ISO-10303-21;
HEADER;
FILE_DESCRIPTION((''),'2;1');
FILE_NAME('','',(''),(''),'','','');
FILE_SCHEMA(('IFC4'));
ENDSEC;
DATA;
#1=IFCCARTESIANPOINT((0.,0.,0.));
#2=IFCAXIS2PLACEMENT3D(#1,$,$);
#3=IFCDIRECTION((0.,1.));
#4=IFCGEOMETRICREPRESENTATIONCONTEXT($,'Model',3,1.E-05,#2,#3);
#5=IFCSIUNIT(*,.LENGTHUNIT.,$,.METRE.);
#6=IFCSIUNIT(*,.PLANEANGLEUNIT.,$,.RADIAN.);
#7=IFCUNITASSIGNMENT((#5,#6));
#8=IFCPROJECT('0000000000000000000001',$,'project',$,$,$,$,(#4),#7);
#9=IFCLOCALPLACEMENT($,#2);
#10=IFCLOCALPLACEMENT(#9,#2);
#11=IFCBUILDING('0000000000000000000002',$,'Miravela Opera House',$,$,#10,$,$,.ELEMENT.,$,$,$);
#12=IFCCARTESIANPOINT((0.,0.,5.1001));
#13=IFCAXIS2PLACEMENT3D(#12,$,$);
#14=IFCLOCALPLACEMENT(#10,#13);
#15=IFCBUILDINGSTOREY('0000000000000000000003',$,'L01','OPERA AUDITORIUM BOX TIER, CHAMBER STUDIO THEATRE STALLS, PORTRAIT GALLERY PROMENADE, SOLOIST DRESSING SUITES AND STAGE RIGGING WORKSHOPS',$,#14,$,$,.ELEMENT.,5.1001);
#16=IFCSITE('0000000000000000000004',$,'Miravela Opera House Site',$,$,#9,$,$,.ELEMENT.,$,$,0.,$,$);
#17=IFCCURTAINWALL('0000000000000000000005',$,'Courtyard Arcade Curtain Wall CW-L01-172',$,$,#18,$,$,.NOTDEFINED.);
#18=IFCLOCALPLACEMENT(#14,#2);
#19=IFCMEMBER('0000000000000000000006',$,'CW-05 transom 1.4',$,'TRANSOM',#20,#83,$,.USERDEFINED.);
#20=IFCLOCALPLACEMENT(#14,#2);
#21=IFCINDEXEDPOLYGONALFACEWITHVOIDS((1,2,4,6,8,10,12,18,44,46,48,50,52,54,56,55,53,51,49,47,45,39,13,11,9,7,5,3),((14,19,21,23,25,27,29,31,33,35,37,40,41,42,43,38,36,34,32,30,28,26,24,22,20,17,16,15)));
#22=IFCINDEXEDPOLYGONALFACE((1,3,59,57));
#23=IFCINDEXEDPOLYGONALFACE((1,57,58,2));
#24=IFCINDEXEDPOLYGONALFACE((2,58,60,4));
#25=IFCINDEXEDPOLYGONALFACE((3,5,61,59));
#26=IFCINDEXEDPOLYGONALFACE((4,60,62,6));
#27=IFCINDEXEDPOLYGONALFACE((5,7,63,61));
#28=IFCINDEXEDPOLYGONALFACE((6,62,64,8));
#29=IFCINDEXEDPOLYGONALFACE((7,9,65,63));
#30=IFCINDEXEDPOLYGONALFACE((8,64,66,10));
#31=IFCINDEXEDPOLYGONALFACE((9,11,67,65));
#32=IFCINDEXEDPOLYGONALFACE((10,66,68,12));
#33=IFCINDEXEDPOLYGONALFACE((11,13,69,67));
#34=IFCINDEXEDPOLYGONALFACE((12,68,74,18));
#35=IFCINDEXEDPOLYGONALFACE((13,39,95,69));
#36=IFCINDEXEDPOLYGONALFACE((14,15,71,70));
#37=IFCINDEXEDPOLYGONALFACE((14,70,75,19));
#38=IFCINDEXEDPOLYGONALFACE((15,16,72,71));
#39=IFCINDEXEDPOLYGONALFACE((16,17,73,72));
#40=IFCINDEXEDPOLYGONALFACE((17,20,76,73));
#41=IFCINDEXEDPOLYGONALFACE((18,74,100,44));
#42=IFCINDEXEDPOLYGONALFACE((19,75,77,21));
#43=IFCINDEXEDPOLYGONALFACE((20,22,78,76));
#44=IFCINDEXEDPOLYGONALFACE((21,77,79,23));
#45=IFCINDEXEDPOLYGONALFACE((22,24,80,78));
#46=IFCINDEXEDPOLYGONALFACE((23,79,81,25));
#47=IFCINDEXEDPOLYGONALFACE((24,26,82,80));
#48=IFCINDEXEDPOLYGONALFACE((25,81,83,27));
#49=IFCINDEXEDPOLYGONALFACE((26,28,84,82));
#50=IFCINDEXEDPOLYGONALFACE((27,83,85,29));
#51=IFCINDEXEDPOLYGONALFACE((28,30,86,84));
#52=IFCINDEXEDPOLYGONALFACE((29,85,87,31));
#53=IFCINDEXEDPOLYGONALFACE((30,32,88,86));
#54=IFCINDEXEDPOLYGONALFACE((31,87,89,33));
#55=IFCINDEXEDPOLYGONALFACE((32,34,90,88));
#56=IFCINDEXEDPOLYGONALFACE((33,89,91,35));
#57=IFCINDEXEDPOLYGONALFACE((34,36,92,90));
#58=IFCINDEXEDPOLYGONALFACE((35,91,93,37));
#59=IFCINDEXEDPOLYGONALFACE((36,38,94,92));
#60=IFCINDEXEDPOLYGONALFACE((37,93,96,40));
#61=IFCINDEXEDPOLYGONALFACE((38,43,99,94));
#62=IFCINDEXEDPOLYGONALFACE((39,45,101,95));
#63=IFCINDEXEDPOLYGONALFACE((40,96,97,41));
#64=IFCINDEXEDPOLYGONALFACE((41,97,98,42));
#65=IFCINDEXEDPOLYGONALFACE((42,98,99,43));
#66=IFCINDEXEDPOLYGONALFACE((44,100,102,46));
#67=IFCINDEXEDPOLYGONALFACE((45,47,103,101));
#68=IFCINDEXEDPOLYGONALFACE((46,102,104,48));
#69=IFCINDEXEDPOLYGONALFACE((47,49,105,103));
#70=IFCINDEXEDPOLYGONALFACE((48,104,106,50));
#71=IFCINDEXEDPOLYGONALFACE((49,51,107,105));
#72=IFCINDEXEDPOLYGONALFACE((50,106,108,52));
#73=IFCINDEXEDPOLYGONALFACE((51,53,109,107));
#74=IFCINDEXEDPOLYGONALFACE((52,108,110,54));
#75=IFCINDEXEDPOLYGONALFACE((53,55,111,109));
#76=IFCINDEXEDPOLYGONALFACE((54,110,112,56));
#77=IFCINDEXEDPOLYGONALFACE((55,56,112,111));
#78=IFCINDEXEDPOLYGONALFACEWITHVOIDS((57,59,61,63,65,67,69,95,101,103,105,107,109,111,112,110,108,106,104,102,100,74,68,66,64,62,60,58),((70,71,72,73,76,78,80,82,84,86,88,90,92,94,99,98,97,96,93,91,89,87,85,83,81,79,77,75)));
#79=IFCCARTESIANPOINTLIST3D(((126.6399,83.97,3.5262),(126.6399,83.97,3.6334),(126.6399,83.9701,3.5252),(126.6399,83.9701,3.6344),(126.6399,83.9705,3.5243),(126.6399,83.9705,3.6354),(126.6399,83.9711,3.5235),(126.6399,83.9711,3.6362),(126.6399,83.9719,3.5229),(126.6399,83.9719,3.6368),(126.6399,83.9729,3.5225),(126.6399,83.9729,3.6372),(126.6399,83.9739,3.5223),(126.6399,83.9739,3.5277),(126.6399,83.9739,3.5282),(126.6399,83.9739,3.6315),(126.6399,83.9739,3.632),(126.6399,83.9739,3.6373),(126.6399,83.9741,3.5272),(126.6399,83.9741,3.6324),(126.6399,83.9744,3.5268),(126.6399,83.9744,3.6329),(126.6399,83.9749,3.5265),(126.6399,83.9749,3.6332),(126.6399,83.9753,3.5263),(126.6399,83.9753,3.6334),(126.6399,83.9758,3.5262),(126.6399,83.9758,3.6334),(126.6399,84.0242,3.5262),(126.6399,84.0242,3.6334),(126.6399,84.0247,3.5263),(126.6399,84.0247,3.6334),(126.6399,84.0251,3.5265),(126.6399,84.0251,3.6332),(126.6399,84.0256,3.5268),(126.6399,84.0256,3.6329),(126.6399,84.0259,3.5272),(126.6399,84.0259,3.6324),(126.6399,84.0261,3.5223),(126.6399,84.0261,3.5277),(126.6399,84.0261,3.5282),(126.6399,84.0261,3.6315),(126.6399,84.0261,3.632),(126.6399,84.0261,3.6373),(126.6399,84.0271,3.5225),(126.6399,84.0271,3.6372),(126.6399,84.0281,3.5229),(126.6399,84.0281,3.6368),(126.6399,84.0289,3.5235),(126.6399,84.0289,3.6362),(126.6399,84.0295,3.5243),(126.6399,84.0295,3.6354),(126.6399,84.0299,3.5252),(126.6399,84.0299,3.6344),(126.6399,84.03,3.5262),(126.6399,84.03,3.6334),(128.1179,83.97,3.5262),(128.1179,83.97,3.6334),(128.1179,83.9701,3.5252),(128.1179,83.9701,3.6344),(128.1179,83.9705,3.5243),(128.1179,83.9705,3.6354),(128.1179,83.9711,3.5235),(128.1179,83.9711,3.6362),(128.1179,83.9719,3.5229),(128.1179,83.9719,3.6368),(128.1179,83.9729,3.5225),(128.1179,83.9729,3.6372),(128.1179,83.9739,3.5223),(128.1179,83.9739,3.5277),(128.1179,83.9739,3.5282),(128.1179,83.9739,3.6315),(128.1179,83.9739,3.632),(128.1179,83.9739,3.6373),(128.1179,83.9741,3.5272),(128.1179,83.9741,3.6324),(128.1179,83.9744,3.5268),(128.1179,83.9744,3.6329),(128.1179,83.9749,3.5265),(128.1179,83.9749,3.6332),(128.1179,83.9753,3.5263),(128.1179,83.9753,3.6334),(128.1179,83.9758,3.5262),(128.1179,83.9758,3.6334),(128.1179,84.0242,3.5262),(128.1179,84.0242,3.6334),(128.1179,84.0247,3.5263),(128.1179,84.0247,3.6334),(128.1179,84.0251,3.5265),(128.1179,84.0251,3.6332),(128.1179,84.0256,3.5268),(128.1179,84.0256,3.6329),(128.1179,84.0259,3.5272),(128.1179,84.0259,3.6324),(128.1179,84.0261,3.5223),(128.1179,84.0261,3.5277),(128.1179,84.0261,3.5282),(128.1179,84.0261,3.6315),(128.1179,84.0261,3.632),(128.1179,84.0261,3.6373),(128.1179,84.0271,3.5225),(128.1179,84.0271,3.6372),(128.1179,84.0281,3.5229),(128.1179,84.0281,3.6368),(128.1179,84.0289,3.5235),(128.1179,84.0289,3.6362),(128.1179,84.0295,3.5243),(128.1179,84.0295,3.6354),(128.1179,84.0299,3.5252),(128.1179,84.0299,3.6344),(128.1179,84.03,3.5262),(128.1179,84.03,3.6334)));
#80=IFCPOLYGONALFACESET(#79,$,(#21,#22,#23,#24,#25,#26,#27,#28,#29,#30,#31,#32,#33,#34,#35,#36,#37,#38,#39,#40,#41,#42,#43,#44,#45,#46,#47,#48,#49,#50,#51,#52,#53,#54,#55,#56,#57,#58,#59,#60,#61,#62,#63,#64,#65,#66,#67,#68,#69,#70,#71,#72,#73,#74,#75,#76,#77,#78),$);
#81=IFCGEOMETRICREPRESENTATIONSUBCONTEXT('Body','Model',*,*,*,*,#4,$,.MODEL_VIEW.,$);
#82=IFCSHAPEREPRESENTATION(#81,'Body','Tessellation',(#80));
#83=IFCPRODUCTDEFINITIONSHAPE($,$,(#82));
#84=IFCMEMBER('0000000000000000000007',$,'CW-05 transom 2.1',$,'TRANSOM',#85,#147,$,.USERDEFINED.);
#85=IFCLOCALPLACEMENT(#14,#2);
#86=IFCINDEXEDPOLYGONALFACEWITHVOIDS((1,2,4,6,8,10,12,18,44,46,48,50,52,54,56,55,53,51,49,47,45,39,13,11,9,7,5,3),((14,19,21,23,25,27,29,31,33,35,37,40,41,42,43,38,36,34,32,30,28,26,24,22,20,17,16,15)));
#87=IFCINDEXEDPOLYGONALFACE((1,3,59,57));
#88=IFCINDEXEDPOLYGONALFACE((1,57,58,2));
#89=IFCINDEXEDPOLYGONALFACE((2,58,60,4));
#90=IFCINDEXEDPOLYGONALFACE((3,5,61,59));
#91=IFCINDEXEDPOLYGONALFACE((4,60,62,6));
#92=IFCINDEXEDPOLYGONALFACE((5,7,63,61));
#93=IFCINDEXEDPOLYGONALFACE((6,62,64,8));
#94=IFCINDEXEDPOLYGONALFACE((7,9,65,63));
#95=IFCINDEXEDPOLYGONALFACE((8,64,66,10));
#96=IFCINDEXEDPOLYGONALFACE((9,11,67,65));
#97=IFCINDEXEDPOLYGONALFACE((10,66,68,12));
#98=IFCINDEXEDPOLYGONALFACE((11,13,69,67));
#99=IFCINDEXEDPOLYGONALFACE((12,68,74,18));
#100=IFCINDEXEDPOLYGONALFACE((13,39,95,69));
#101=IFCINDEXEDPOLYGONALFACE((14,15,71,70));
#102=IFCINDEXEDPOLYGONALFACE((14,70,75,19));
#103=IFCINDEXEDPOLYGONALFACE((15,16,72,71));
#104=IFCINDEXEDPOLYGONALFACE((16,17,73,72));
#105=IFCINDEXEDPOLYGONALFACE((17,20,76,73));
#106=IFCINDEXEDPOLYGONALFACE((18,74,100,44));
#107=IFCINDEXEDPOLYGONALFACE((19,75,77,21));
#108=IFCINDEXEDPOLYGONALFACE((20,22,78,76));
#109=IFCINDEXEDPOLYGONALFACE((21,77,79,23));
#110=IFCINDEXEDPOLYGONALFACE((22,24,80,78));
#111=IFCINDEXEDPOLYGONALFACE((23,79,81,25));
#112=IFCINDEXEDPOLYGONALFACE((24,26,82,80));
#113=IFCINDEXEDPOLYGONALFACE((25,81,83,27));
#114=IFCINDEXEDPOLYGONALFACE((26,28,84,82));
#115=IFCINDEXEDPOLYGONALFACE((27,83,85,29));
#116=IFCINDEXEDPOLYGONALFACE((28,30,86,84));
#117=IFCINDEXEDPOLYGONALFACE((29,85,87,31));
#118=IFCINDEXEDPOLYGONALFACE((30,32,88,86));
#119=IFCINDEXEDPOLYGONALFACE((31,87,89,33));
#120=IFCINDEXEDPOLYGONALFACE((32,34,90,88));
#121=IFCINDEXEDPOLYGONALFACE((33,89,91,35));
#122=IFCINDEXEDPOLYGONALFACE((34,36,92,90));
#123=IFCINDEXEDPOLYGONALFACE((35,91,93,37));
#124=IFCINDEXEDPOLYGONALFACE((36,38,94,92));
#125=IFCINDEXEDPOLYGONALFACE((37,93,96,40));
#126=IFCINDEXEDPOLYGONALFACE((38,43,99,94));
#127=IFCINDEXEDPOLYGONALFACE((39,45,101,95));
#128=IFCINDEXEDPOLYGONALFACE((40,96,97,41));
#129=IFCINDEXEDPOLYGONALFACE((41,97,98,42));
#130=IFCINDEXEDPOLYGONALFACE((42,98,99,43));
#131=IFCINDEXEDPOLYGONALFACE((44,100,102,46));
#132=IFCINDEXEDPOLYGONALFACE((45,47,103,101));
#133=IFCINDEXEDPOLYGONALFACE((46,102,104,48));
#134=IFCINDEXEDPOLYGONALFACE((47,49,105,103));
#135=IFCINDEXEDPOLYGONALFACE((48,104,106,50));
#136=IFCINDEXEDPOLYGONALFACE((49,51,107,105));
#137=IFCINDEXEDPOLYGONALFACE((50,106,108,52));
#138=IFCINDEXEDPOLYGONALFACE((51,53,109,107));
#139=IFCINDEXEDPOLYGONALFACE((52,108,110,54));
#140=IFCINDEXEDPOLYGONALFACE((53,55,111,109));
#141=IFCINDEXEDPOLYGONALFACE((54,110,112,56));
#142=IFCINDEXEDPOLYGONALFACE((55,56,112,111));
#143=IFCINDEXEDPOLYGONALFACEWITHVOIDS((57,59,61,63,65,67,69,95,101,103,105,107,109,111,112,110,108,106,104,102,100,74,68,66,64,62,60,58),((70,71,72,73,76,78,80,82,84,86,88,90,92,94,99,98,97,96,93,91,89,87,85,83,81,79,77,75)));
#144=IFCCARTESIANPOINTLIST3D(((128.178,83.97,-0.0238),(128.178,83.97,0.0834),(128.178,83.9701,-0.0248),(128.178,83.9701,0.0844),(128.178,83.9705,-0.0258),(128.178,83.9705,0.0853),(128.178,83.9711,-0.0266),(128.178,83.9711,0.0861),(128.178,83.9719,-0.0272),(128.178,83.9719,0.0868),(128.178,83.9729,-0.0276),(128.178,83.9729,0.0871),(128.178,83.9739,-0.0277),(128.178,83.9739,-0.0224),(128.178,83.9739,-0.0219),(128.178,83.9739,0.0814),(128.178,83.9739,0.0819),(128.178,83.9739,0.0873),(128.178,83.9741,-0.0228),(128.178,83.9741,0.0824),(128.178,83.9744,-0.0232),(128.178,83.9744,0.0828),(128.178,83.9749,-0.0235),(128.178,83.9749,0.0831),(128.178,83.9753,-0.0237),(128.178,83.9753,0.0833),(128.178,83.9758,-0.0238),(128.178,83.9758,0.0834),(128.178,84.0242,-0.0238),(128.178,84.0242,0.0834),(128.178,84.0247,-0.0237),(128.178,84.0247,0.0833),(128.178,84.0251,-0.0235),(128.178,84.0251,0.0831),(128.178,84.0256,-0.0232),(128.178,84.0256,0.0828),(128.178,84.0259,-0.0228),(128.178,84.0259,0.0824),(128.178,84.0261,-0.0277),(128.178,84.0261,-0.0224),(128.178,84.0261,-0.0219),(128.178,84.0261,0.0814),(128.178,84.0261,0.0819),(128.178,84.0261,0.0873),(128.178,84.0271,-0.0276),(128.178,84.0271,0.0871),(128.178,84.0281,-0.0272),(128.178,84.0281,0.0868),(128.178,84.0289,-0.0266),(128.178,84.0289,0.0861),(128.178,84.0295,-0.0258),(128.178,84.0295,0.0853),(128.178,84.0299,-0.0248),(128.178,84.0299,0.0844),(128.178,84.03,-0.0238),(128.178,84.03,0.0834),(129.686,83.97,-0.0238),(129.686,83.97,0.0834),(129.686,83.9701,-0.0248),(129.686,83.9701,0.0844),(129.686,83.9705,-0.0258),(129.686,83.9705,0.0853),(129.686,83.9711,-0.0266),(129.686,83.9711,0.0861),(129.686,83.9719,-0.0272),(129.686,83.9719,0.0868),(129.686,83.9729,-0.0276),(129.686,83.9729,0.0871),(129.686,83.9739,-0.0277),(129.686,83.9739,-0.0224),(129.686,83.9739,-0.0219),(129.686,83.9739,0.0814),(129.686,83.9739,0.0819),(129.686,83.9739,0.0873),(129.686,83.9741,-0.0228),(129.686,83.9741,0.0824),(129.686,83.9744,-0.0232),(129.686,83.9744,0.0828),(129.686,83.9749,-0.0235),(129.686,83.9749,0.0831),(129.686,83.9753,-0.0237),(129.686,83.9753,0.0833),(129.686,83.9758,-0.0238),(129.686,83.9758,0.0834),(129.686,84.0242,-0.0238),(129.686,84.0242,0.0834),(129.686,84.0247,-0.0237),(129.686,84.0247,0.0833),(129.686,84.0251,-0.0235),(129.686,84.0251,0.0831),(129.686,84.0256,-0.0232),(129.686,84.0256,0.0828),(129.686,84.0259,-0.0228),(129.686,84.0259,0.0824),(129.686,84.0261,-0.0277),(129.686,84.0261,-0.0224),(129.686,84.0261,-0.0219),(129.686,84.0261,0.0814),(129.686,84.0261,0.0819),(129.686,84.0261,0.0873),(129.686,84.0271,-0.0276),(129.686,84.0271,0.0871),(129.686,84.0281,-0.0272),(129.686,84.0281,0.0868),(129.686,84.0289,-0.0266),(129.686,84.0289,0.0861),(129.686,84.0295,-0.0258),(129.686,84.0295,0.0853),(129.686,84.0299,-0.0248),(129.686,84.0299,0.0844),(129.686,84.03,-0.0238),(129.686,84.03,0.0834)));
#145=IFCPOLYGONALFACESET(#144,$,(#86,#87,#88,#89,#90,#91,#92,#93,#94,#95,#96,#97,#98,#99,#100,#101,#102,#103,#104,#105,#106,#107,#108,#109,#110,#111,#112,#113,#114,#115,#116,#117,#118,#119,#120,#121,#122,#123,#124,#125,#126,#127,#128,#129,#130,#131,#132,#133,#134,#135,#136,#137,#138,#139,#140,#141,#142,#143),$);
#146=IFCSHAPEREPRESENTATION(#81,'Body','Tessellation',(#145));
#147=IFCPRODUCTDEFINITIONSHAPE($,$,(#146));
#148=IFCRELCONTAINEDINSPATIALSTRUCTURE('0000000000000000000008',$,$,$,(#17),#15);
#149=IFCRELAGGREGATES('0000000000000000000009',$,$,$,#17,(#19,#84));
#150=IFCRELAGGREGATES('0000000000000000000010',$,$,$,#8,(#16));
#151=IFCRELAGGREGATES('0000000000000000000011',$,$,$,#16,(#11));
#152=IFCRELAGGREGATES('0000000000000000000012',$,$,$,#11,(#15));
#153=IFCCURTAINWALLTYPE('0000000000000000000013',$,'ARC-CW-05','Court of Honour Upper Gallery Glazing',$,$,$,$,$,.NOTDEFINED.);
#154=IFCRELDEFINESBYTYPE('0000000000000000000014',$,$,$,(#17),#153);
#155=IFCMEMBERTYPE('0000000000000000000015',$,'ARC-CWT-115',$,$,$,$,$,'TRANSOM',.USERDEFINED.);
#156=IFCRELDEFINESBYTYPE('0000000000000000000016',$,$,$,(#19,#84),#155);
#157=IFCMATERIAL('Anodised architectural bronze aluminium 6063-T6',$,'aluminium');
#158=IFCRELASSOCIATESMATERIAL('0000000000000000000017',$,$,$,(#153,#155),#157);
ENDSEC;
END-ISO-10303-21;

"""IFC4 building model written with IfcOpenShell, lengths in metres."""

from ifc_helpers import new_model, si_unit, direction, frame, origin, origin_2d, place, context, subcontext, project, spatial, hollow_rectangle, extrude, material, material_profile, profile_set, type_object, element, aggregate, save


model = new_model("IFC4")

# Units and contexts
model_context = context("Model", 3, precision=1e-05, world=origin(), true_north=direction((0.0, 1.0)))
body_context = subcontext(model_context, "Body", "Model", "MODEL_VIEW")
ifc_project = project(units=[si_unit("LENGTHUNIT", "METRE"), si_unit("PLANEANGLEUNIT", "RADIAN")], contexts=[model_context])

# Site, building, storey
site_placement = place(None, origin())
site = spatial("IfcSite", under=ifc_project, at=site_placement, Name="Miravela Opera House Site", CompositionType="ELEMENT", RefElevation=0.0)
building_placement = place(site_placement, origin())
building = spatial("IfcBuilding", under=site, at=building_placement, Name="Miravela Opera House", CompositionType="ELEMENT")
storey_placement = place(building_placement, frame((0.0, 0.0, 5.1001)))
storey = spatial("IfcBuildingStorey", under=building, at=storey_placement, Name="L01", Description="OPERA AUDITORIUM BOX TIER, CHAMBER STUDIO THEATRE STALLS, PORTRAIT GALLERY PROMENADE, SOLOIST DRESSING SUITES AND STAGE RIGGING WORKSHOPS", CompositionType="ELEMENT", Elevation=5.1001)

# Shared definitions
ifc_material_1 = material(Name="Anodised architectural bronze aluminium 6063-T6", Category="aluminium")
curtain_wall_type = type_object("IfcCurtainWallType", Name="ARC-CW-05", Description="Court of Honour Upper Gallery Glazing", PredefinedType="NOTDEFINED", material=ifc_material_1)

# Curtain wall
curtain_wall_1_placement = place(storey_placement, origin())
curtain_wall_1 = element("IfcCurtainWall", 1, at=curtain_wall_1_placement, inside=storey, type_object=curtain_wall_type, Name="Courtyard Arcade Curtain Wall CW-L01-172", PredefinedType="NOTDEFINED")

# Members
ifc_material_profile_1 = material_profile(ifc_material_1, hollow_rectangle(XDim=0.0601, YDim=0.115, WallThickness=0.0039, InnerFilletRadius=0.002, OuterFilletRadius=0.0039, at=origin_2d()), Name="CWT-60X115")
ifc_profile_set_1 = profile_set([ifc_material_profile_1])
member_type_1 = type_object("IfcMemberType", Name="ARC-CWT-115", ElementType="TRANSOM", PredefinedType="USERDEFINED", material=ifc_profile_set_1)
member_1_placement = place(storey_placement, frame((126.6399, 84.0, 3.5798), z_axis=(1.0, 0.0, 0.0), x_axis=(0.0, 1.0, 0.0)))
member_1 = element("IfcMember", 2, at=member_1_placement, type_object=member_type_1, Name="CW-05 transom 1.4", ObjectType="TRANSOM", PredefinedType="USERDEFINED", context=body_context, shape_type="SweptSolid", body=[
    extrude(hollow_rectangle(XDim=0.0601, YDim=0.115, WallThickness=0.0039, InnerFilletRadius=0.002, OuterFilletRadius=0.0039, at=origin_2d()), origin(), (0.0, 0.0, 1.0), 1.478),
])
member_2_placement = place(storey_placement, frame((128.178, 84.0, 0.0298), z_axis=(1.0, 0.0, 0.0), x_axis=(0.0, 1.0, 0.0)))
member_2 = element("IfcMember", 3, at=member_2_placement, type_object=member_type_1, Name="CW-05 transom 2.1", ObjectType="TRANSOM", PredefinedType="USERDEFINED", context=body_context, shape_type="SweptSolid", body=[
    extrude(hollow_rectangle(XDim=0.0601, YDim=0.115, WallThickness=0.0039, InnerFilletRadius=0.002, OuterFilletRadius=0.0039, at=origin_2d()), origin(), (0.0, 0.0, 1.0), 1.5081),
])

aggregate(curtain_wall_1, [member_1, member_2])

save(model, "model.ifc")
